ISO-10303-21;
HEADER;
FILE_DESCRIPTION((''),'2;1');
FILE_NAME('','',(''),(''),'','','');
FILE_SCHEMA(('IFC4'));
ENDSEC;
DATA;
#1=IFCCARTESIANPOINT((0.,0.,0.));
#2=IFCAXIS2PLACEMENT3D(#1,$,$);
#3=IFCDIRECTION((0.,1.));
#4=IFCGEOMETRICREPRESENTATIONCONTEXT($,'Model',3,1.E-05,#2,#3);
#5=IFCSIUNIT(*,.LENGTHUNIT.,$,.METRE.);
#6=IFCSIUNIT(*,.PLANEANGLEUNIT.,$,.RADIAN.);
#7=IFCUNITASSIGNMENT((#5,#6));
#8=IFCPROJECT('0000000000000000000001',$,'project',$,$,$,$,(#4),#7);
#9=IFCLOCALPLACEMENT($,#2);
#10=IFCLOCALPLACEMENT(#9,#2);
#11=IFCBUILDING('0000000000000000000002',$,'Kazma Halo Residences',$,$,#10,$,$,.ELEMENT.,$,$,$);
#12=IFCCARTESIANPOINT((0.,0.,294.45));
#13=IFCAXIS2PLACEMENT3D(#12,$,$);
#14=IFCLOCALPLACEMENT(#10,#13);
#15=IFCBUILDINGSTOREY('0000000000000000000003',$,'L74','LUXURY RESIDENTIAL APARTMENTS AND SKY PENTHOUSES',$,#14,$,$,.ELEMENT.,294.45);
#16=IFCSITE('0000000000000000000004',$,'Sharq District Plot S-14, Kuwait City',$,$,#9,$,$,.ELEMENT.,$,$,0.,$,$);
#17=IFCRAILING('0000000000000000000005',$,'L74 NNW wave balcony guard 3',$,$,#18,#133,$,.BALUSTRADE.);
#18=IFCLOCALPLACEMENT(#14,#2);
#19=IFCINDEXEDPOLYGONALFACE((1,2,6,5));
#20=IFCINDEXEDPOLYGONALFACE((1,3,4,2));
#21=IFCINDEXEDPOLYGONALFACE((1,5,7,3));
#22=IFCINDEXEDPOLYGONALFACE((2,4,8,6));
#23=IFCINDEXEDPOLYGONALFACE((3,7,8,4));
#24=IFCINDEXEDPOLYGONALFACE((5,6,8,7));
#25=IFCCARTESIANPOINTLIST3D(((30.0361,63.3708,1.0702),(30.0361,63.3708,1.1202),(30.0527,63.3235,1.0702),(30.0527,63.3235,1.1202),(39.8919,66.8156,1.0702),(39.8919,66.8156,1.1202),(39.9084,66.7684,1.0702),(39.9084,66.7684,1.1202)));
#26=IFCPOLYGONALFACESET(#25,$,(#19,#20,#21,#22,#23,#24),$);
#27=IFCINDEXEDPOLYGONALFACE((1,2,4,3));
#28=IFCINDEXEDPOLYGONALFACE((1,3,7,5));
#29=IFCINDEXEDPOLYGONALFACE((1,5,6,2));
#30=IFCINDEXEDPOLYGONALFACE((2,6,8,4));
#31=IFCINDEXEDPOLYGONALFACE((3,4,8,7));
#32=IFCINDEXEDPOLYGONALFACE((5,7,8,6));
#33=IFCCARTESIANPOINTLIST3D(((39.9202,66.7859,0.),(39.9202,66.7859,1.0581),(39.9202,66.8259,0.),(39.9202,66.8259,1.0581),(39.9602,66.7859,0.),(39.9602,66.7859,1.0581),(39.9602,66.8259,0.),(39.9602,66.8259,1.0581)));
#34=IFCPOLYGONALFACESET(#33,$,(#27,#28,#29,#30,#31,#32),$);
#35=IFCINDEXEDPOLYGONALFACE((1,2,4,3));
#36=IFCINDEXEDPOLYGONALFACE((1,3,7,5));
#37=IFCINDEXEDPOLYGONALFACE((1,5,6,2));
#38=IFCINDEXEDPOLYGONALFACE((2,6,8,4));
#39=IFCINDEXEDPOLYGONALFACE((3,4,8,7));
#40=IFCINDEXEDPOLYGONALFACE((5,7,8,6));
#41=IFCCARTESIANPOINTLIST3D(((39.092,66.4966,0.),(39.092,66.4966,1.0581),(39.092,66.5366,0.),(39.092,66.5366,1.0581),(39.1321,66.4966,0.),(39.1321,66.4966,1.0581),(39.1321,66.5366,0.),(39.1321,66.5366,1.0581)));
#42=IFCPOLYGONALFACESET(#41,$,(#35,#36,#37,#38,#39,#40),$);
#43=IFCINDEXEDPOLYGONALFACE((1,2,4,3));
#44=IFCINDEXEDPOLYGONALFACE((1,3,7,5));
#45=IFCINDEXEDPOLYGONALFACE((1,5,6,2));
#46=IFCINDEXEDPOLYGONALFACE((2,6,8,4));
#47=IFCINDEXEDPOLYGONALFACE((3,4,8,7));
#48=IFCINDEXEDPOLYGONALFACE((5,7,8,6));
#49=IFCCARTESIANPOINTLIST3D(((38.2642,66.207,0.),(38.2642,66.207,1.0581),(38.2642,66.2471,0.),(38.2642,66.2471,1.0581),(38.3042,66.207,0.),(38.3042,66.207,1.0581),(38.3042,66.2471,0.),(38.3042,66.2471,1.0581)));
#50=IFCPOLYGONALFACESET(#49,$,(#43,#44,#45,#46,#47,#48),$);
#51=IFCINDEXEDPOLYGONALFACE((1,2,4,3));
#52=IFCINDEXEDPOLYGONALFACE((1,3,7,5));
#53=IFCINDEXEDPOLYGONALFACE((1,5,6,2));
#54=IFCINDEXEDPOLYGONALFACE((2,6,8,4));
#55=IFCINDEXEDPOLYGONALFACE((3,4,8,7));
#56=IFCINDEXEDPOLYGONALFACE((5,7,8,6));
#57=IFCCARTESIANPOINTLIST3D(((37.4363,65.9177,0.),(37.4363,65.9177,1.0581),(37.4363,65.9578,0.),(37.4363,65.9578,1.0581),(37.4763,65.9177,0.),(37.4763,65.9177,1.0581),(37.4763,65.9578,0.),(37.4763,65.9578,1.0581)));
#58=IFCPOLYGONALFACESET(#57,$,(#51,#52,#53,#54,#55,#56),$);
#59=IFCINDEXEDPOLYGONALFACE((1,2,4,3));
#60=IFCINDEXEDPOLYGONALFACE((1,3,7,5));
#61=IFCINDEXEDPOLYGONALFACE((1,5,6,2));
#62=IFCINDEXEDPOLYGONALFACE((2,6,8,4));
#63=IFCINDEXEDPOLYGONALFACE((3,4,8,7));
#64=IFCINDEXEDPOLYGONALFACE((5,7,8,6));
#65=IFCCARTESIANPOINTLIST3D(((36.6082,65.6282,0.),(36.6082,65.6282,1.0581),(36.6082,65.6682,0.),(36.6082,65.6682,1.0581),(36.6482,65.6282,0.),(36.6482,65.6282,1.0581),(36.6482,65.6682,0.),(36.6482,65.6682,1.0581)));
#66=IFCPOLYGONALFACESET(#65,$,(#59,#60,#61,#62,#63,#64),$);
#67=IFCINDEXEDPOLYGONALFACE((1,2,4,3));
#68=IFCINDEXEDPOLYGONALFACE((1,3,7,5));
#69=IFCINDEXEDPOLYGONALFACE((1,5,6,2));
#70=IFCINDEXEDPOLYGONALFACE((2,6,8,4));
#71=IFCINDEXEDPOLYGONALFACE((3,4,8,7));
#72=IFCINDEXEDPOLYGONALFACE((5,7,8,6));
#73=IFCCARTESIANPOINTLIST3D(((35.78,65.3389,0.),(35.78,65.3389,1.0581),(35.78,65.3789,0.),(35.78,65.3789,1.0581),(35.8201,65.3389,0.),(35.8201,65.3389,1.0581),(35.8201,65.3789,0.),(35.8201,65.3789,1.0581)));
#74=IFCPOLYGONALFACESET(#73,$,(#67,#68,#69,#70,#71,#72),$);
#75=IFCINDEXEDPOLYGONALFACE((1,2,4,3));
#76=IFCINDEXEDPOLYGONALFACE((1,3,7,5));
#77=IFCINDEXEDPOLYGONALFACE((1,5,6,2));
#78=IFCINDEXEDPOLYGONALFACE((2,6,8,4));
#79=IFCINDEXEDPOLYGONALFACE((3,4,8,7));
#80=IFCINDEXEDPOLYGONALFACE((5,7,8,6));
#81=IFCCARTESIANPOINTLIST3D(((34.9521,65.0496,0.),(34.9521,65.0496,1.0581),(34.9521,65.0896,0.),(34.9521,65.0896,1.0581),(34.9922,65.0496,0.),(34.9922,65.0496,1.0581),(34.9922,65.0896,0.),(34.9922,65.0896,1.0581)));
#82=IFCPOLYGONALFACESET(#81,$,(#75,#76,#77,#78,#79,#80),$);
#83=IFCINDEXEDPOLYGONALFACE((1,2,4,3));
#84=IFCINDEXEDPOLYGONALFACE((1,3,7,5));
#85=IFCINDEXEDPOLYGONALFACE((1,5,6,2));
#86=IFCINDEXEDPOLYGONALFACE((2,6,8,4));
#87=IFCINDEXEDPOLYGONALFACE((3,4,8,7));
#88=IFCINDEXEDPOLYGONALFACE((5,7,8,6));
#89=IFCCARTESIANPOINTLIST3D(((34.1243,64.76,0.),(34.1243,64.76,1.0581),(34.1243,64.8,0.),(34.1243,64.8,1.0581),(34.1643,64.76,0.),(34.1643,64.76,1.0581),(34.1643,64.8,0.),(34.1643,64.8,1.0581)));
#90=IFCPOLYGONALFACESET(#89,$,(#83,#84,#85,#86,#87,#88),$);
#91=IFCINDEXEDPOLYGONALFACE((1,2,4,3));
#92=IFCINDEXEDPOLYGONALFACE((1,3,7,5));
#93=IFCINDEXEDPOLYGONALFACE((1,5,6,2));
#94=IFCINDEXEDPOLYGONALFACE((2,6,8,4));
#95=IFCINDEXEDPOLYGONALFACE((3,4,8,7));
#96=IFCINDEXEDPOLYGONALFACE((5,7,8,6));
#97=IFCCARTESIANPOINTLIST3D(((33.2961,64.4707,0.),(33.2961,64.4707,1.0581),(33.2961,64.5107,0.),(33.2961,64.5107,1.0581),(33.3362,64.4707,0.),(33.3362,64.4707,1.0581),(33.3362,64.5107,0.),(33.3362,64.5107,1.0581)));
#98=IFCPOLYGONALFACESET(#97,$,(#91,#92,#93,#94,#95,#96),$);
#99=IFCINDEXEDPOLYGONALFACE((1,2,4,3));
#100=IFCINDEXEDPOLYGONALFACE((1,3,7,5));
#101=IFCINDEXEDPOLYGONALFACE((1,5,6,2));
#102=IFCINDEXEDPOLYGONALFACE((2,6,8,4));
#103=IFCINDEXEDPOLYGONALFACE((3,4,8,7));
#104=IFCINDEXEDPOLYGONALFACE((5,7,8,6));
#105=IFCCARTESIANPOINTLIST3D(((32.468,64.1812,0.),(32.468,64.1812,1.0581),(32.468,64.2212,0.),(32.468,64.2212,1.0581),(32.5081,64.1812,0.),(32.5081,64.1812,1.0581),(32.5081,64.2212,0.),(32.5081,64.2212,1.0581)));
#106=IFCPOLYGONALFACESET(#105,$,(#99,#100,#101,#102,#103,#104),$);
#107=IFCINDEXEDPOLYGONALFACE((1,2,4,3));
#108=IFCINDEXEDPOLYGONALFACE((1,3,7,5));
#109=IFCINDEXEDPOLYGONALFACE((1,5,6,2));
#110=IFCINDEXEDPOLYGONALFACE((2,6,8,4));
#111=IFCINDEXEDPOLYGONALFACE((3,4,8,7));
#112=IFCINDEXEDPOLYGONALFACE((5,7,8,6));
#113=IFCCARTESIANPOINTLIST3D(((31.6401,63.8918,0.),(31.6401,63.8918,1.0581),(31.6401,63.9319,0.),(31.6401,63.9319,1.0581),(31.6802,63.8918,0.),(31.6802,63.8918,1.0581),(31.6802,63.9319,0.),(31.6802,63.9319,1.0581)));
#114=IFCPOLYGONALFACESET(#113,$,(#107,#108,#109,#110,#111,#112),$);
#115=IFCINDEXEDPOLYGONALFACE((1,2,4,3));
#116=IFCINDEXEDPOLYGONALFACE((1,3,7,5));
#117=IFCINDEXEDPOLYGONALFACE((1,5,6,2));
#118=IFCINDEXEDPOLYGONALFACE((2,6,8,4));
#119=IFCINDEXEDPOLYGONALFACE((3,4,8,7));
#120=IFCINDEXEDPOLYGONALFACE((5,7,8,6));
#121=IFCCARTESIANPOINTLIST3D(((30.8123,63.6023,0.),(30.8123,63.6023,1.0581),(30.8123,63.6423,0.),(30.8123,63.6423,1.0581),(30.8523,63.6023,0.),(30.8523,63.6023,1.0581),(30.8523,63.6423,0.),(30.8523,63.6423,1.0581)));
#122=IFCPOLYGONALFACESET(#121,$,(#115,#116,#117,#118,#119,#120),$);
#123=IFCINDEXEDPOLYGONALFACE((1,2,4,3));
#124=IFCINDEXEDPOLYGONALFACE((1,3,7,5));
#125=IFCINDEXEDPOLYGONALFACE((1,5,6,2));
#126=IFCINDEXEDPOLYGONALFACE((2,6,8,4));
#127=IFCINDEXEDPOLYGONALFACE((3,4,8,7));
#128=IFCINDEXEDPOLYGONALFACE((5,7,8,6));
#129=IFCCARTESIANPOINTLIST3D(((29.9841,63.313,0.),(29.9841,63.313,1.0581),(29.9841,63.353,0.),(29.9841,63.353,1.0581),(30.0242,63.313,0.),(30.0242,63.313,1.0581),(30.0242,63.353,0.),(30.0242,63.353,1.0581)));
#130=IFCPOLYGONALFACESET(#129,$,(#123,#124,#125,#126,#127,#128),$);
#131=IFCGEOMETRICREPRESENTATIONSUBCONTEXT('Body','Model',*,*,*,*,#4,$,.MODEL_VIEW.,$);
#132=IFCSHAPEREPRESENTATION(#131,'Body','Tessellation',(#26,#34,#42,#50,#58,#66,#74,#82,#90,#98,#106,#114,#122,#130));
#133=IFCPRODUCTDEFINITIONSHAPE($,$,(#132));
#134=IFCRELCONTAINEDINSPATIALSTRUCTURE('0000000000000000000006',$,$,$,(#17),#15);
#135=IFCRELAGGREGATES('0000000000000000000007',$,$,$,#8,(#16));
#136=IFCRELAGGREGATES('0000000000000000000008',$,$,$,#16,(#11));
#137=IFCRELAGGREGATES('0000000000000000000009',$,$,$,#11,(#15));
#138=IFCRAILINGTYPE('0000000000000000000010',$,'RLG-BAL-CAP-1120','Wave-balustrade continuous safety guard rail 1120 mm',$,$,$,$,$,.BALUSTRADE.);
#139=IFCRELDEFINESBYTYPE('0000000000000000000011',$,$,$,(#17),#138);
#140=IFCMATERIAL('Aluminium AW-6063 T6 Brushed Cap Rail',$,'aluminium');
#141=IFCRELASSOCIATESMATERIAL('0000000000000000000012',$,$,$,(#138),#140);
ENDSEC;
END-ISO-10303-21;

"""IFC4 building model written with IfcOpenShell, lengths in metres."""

from ifc_helpers import new_model, si_unit, direction, frame, origin, origin_2d, place, context, subcontext, project, spatial, rectangle, extrude, material, type_object, element, save


model = new_model("IFC4")

# Units and contexts
model_context = context("Model", 3, precision=1e-05, world=origin(), true_north=direction((0.0, 1.0)))
body_context = subcontext(model_context, "Body", "Model", "MODEL_VIEW")
ifc_project = project(units=[si_unit("LENGTHUNIT", "METRE"), si_unit("PLANEANGLEUNIT", "RADIAN")], contexts=[model_context])

# Site, building, storey
site_placement = place(None, origin())
site = spatial("IfcSite", under=ifc_project, at=site_placement, Name="Sharq District Plot S-14, Kuwait City", CompositionType="ELEMENT", RefElevation=0.0)
building_placement = place(site_placement, origin())
building = spatial("IfcBuilding", under=site, at=building_placement, Name="Kazma Halo Residences", CompositionType="ELEMENT")
storey_placement = place(building_placement, frame((0.0, 0.0, 294.45)))
storey = spatial("IfcBuildingStorey", under=building, at=storey_placement, Name="L74", Description="LUXURY RESIDENTIAL APARTMENTS AND SKY PENTHOUSES", CompositionType="ELEMENT", Elevation=294.45)

# Railing
ifc_material_1 = material(Name="Aluminium AW-6063 T6 Brushed Cap Rail", Category="aluminium")
railing_type = type_object("IfcRailingType", Name="RLG-BAL-CAP-1120", Description="Wave-balustrade continuous safety guard rail 1120 mm", PredefinedType="BALUSTRADE", material=ifc_material_1)
railing_placement = place(storey_placement, frame((39.9402, 66.8059, 0.0)))
element("IfcRailing", 1, at=railing_placement, inside=storey, type_object=railing_type, Name="L74 NNW wave balcony guard 3", PredefinedType="BALUSTRADE", context=body_context, shape_type="SweptSolid", body=[
    extrude(rectangle(XDim=0.05, YDim=0.05, at=origin_2d()), frame((-0.04, -0.0139, 1.0952), z_axis=(-0.943998, -0.329952, 0.0), x_axis=(0.329952, -0.943998, 0.0)), (0.0, 0.0, 1.0), 10.4404),
    extrude(rectangle(XDim=0.04, YDim=0.04, at=origin_2d()), origin(), (0.0, 0.0, 1.0), 1.0581),
    extrude(rectangle(XDim=0.04, YDim=0.04, at=origin_2d()), frame((-0.8281, -0.2893, 0.0)), (0.0, 0.0, 1.0), 1.0581),
    extrude(rectangle(XDim=0.04, YDim=0.04, at=origin_2d()), frame((-1.656, -0.5789, 0.0)), (0.0, 0.0, 1.0), 1.0581),
    extrude(rectangle(XDim=0.04, YDim=0.04, at=origin_2d()), frame((-2.4839, -0.8682, 0.0)), (0.0, 0.0, 1.0), 1.0581),
    extrude(rectangle(XDim=0.04, YDim=0.04, at=origin_2d()), frame((-3.312, -1.1577, 0.0)), (0.0, 0.0, 1.0), 1.0581),
    extrude(rectangle(XDim=0.04, YDim=0.04, at=origin_2d()), frame((-4.1401, -1.447, 0.0)), (0.0, 0.0, 1.0), 1.0581),
    extrude(rectangle(XDim=0.04, YDim=0.04, at=origin_2d()), frame((-4.968, -1.7363, 0.0)), (0.0, 0.0, 1.0), 1.0581),
    extrude(rectangle(XDim=0.04, YDim=0.04, at=origin_2d()), frame((-5.7959, -2.0259, 0.0)), (0.0, 0.0, 1.0), 1.0581),
    extrude(rectangle(XDim=0.04, YDim=0.04, at=origin_2d()), frame((-6.624, -2.3152, 0.0)), (0.0, 0.0, 1.0), 1.0581),
    extrude(rectangle(XDim=0.04, YDim=0.04, at=origin_2d()), frame((-7.4521, -2.6047, 0.0)), (0.0, 0.0, 1.0), 1.0581),
    extrude(rectangle(XDim=0.04, YDim=0.04, at=origin_2d()), frame((-8.28, -2.894, 0.0)), (0.0, 0.0, 1.0), 1.0581),
    extrude(rectangle(XDim=0.04, YDim=0.04, at=origin_2d()), frame((-9.1079, -3.1836, 0.0)), (0.0, 0.0, 1.0), 1.0581),
    extrude(rectangle(XDim=0.04, YDim=0.04, at=origin_2d()), frame((-9.936, -3.4729, 0.0)), (0.0, 0.0, 1.0), 1.0581),
])

save(model, "model.ifc")
